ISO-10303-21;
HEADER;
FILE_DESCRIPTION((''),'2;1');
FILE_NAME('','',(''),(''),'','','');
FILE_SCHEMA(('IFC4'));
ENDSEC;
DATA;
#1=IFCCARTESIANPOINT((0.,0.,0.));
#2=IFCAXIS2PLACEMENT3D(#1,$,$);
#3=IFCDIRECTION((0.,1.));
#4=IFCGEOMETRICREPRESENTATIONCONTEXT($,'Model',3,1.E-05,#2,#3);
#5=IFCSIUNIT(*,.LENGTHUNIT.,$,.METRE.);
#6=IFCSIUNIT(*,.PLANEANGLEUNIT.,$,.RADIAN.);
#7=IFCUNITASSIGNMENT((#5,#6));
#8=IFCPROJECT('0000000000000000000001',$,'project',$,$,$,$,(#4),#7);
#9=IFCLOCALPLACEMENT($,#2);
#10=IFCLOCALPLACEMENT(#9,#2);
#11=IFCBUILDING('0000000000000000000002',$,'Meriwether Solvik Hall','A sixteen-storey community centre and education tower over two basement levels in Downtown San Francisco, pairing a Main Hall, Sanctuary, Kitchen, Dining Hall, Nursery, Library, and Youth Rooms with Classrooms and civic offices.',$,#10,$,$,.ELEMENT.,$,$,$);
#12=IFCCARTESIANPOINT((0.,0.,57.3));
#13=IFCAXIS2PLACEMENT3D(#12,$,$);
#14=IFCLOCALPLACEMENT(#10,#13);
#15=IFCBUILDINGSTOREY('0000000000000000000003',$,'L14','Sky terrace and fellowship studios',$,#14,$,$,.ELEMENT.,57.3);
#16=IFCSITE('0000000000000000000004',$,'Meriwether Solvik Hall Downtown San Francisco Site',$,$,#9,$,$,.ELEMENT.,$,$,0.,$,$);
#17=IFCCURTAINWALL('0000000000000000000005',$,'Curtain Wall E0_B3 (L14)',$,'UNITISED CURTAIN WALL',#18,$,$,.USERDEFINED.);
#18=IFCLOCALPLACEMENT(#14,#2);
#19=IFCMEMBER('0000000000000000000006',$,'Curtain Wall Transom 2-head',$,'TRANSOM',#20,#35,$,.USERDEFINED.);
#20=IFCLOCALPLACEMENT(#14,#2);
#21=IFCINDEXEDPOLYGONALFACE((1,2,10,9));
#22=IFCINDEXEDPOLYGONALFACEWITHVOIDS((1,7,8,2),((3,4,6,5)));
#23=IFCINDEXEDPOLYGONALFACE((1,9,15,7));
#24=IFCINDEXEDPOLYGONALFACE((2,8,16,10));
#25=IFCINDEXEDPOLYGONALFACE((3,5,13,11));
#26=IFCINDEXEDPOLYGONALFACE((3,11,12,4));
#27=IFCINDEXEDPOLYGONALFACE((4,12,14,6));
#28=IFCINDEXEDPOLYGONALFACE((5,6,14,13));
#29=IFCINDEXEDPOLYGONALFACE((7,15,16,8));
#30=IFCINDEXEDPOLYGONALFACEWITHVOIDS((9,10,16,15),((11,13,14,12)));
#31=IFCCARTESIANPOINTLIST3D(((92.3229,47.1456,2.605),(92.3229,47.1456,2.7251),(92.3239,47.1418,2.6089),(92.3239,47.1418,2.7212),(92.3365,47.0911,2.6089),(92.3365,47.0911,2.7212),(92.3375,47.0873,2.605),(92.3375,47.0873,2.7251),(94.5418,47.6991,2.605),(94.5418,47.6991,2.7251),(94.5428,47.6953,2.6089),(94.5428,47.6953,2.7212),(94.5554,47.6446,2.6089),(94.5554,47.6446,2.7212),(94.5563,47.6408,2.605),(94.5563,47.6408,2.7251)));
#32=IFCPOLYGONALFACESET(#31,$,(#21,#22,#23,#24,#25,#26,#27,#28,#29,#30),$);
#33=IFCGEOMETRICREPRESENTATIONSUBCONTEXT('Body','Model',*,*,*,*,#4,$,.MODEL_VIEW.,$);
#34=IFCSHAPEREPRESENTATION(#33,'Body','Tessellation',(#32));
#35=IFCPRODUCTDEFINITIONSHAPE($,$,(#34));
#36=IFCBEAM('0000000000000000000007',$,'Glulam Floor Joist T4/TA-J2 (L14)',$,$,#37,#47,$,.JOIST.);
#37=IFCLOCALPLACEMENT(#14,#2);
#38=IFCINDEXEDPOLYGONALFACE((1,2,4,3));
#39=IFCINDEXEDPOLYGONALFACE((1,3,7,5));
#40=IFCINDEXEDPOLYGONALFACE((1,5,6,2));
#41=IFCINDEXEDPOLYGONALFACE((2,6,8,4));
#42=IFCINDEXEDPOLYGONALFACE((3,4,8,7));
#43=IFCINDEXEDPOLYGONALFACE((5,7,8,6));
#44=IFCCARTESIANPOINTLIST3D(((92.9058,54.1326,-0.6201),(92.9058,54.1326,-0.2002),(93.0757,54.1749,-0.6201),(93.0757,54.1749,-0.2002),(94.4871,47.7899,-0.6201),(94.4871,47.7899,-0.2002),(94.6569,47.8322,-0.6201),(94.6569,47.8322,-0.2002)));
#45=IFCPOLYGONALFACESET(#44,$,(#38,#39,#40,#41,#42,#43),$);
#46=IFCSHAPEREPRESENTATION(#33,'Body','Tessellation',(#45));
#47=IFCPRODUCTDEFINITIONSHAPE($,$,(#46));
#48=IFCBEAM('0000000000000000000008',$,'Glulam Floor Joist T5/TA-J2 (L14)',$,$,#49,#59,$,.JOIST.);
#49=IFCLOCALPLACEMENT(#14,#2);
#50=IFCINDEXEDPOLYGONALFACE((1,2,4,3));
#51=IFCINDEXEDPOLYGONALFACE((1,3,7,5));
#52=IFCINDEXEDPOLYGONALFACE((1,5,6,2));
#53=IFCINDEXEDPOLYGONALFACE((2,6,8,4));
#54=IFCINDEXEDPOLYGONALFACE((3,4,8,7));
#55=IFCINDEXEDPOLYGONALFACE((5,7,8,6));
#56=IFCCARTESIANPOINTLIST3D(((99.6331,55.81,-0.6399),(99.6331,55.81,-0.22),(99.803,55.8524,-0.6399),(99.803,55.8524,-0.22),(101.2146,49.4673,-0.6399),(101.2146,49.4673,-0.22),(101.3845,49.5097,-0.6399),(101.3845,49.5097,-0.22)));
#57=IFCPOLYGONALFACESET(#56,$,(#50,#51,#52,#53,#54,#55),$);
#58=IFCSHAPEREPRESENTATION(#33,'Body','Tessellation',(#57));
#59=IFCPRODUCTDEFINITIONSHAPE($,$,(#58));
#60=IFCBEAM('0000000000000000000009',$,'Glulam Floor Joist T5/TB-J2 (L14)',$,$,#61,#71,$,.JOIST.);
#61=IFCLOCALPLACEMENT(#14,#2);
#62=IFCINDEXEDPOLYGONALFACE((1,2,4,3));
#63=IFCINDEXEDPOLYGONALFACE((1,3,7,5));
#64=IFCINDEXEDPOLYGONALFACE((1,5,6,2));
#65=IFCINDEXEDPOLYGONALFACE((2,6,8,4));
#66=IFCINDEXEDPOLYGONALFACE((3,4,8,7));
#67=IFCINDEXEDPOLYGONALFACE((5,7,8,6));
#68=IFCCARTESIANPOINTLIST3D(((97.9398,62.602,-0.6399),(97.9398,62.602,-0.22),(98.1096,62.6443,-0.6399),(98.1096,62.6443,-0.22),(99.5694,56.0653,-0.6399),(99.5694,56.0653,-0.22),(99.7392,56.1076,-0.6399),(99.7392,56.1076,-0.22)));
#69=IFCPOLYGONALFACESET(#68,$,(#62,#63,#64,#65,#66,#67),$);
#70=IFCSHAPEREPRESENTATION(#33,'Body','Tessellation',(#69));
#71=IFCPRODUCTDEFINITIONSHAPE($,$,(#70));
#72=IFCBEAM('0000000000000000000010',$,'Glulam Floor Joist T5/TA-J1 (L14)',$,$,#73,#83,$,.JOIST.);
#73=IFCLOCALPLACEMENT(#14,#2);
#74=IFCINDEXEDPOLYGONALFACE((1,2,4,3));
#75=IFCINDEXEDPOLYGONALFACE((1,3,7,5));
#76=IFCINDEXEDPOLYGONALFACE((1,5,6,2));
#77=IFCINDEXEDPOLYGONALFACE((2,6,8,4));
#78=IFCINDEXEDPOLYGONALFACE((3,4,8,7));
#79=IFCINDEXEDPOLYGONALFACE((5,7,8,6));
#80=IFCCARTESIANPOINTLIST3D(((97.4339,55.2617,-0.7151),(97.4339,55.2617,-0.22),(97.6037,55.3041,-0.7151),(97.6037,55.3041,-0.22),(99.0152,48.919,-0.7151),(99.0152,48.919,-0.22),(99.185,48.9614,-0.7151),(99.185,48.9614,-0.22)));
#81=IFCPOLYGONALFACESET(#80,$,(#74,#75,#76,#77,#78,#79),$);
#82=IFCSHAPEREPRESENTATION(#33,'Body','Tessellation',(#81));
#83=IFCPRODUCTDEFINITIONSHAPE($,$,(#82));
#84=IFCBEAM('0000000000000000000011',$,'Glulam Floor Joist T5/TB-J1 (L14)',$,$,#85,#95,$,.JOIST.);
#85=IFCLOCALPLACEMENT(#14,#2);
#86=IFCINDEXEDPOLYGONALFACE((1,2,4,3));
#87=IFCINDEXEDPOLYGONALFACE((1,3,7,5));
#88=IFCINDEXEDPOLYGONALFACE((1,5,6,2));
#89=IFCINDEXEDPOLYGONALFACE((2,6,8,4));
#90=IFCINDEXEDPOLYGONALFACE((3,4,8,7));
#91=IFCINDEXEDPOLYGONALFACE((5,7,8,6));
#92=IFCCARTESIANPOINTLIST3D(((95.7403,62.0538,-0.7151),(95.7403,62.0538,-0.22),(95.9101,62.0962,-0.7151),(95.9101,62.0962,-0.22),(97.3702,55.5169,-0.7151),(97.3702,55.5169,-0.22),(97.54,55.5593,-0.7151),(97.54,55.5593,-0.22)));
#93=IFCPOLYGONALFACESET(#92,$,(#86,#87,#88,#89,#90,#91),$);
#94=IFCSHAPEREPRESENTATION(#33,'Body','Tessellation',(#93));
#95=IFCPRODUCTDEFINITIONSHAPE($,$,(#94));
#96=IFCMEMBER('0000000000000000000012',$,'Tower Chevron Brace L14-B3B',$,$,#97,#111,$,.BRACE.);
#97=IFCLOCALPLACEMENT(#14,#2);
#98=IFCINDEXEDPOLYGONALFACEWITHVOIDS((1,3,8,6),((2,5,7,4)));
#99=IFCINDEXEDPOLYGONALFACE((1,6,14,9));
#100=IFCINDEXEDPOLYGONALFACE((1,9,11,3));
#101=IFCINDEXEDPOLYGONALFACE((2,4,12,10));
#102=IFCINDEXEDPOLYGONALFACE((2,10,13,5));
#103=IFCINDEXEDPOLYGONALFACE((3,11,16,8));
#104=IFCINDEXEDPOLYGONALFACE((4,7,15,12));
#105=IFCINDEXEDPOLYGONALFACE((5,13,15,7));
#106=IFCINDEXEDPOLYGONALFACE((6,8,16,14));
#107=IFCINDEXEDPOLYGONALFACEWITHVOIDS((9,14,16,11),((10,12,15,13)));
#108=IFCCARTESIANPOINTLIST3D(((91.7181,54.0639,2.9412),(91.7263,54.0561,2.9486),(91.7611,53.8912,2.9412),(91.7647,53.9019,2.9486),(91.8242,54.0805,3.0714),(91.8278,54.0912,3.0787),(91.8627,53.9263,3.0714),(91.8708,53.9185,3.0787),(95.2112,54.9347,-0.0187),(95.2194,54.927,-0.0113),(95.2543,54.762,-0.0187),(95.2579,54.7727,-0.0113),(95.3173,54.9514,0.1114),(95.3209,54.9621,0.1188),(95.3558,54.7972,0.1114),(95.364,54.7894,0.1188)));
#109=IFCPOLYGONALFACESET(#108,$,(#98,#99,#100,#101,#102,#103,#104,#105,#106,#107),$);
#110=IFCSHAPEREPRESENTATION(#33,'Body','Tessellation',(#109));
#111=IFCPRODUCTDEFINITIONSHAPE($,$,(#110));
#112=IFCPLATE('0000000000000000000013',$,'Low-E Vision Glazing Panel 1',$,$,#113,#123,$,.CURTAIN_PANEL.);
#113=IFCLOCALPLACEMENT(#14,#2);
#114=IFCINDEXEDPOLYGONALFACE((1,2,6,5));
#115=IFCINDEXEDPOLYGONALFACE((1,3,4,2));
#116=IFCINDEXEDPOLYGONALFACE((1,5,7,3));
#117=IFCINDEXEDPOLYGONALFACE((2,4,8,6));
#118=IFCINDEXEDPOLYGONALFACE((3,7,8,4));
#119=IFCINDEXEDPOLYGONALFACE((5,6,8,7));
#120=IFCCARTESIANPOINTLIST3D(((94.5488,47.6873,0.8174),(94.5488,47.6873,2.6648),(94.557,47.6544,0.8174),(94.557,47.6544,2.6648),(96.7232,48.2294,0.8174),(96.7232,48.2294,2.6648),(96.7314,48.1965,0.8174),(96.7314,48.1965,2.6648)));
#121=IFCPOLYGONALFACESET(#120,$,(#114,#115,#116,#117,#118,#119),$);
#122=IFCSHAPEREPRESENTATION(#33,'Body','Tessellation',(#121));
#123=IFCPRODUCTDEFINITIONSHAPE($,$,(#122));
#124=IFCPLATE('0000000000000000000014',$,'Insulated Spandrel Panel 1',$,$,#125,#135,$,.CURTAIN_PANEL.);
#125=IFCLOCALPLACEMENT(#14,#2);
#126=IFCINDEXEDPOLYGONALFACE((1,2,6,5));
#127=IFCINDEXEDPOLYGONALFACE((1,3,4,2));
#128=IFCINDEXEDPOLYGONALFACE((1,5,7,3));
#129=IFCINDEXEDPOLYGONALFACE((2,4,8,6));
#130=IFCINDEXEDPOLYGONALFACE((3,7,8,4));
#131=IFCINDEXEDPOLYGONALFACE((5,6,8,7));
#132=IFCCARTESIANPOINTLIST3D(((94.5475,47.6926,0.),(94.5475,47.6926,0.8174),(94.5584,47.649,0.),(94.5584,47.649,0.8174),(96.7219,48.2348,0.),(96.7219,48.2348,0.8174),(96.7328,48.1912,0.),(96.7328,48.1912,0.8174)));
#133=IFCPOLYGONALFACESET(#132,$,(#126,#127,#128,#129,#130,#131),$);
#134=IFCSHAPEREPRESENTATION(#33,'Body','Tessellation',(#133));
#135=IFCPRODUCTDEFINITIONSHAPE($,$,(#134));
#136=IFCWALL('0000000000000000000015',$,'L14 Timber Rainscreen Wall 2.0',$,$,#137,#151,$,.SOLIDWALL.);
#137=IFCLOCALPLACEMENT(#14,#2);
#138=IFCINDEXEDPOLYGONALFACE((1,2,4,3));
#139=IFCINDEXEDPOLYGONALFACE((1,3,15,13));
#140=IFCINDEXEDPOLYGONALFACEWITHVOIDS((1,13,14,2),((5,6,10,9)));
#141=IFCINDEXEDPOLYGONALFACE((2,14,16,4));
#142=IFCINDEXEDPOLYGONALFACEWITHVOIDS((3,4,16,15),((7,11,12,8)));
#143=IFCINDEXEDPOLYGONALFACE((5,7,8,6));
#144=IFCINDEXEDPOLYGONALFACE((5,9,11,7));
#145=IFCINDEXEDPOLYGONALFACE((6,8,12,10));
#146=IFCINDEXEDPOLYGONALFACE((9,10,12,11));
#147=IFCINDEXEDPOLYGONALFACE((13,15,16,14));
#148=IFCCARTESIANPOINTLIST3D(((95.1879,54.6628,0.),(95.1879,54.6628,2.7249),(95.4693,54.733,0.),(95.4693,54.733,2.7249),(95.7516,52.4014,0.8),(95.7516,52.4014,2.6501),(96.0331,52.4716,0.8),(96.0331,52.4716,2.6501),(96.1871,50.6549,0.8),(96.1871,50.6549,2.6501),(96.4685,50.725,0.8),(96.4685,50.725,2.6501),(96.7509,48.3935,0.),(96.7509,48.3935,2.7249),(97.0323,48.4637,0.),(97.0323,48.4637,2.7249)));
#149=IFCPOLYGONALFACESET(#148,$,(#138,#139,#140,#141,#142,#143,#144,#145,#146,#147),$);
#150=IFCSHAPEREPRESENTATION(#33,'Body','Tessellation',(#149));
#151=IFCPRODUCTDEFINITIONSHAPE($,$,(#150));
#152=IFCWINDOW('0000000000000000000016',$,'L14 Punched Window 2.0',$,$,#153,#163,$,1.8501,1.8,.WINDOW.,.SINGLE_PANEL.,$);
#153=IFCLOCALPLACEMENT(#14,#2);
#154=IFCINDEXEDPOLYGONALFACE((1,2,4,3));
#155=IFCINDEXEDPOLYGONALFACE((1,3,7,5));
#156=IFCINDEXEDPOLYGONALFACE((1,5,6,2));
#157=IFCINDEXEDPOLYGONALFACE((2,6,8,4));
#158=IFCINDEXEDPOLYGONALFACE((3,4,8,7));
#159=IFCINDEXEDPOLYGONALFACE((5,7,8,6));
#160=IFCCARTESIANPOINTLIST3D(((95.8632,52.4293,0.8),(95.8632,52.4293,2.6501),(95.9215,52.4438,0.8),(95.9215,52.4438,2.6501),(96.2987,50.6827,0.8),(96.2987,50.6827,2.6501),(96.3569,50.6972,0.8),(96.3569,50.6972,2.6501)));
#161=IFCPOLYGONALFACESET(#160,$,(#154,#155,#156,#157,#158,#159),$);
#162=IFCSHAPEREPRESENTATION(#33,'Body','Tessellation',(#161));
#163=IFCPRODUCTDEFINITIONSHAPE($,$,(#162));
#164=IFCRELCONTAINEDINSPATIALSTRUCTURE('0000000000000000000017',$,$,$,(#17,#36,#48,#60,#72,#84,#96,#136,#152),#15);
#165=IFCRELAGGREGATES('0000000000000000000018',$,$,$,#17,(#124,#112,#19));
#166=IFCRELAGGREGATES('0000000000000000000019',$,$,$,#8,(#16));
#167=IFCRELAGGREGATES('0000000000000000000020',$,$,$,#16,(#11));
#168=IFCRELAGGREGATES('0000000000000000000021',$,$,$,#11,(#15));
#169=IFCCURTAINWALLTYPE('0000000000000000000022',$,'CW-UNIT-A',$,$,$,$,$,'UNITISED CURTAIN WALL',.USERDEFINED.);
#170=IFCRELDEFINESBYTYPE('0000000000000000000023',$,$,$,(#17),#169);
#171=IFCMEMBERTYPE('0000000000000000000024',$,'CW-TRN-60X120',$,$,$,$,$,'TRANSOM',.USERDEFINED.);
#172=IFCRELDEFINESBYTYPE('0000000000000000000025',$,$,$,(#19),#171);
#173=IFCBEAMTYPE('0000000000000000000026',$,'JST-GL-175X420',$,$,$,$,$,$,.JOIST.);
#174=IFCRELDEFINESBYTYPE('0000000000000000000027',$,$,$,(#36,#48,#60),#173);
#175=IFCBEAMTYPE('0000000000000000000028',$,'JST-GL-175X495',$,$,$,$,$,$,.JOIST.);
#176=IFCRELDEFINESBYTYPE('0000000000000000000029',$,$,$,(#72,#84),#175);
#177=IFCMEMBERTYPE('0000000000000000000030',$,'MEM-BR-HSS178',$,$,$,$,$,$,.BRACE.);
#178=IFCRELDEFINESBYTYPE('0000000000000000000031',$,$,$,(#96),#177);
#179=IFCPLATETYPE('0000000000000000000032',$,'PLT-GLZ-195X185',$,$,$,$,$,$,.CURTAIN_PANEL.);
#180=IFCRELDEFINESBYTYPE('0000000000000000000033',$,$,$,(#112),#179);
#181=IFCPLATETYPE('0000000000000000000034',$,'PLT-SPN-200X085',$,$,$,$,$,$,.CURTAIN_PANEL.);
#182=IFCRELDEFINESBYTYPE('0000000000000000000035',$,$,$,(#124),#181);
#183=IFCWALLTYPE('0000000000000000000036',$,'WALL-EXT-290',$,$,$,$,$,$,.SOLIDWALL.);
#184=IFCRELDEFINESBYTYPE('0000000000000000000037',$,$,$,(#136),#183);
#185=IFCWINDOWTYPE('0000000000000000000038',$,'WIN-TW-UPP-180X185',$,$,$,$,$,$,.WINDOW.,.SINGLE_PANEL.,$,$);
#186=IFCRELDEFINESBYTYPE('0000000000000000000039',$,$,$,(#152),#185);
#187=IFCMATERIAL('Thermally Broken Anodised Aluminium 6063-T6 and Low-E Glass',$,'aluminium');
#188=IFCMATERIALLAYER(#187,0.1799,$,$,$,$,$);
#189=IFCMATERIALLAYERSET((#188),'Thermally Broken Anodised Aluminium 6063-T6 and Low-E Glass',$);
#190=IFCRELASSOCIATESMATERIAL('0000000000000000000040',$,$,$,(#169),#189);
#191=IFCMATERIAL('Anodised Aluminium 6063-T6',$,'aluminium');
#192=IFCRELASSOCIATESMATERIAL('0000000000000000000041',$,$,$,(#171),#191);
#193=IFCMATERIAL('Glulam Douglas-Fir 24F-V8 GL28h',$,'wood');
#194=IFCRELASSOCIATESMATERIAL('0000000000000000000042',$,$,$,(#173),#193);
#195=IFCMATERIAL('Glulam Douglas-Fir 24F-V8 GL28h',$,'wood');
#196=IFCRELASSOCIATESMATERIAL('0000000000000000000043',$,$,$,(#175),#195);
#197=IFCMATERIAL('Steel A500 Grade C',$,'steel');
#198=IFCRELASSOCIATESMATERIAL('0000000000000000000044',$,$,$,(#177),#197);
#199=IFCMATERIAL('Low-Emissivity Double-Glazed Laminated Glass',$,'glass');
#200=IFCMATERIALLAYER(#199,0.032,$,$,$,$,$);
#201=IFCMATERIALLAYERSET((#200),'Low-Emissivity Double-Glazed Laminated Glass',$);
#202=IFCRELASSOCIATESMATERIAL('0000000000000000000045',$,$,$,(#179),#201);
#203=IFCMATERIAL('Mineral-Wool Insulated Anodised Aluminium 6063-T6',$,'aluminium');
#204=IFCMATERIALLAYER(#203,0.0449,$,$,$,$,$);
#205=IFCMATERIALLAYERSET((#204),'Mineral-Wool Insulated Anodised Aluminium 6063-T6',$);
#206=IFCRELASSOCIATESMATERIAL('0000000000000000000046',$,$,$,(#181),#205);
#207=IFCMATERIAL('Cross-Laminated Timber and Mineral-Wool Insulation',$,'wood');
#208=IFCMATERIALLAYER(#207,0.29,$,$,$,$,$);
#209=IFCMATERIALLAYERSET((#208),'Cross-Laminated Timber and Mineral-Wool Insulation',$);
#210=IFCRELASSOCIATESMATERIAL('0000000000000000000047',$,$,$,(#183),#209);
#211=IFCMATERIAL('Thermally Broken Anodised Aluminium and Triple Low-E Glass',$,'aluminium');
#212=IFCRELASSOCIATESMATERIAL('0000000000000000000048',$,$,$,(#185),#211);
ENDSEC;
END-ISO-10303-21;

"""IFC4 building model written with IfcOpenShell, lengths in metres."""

from ifc_helpers import new_model, si_unit, direction, frame, frame_2d, origin, origin_2d, place, context, subcontext, project, spatial, rectangle, hollow_rectangle, extrude, material, layer, layer_set, material_profile, profile_set, type_object, element, fill, aggregate, save


model = new_model("IFC4")

# Units and contexts
model_context = context("Model", 3, precision=1e-05, world=origin(), true_north=direction((0.0, 1.0)))
body_context = subcontext(model_context, "Body", "Model", "MODEL_VIEW")
ifc_project = project(units=[si_unit("LENGTHUNIT", "METRE"), si_unit("PLANEANGLEUNIT", "RADIAN")], contexts=[model_context])

# Site, building, storey
site_placement = place(None, origin())
site = spatial("IfcSite", under=ifc_project, at=site_placement, Name="Meriwether Solvik Hall Downtown San Francisco Site", CompositionType="ELEMENT", RefElevation=0.0)
building_placement = place(site_placement, origin())
building = spatial("IfcBuilding", under=site, at=building_placement, Name="Meriwether Solvik Hall", Description="A sixteen-storey community centre and education tower over two basement levels in Downtown San Francisco, pairing a Main Hall, Sanctuary, Kitchen, Dining Hall, Nursery, Library, and Youth Rooms with Classrooms and civic offices.", CompositionType="ELEMENT")
storey_placement = place(building_placement, frame((0.0, 0.0, 57.3)))
storey = spatial("IfcBuildingStorey", under=building, at=storey_placement, Name="L14", Description="Sky terrace and fellowship studios", CompositionType="ELEMENT", Elevation=57.3)

# Curtain wall, member
ifc_material_1 = material(Name="Thermally Broken Anodised Aluminium 6063-T6 and Low-E Glass", Category="aluminium")
ifc_layer_1 = layer(ifc_material_1, 0.1799)
ifc_layer_set_1 = layer_set([ifc_layer_1], Name="Thermally Broken Anodised Aluminium 6063-T6 and Low-E Glass")
curtain_wall_type = type_object("IfcCurtainWallType", Name="CW-UNIT-A", ElementType="UNITISED CURTAIN WALL", PredefinedType="USERDEFINED", material=ifc_layer_set_1)
curtain_wall_placement = place(storey_placement, origin())
curtain_wall = element("IfcCurtainWall", 1, at=curtain_wall_placement, inside=storey, type_object=curtain_wall_type, Name="Curtain Wall E0_B3 (L14)", ObjectType="UNITISED CURTAIN WALL", PredefinedType="USERDEFINED")
ifc_material_2 = material(Name="Anodised Aluminium 6063-T6", Category="aluminium")
ifc_material_profile_1 = material_profile(ifc_material_2, hollow_rectangle(XDim=0.0601, YDim=0.1201, WallThickness=0.0039, at=origin_2d()), Name="CWT-60X120")
ifc_profile_set_1 = profile_set([ifc_material_profile_1], Name="Anodised Aluminium 6063-T6")
member_type_1 = type_object("IfcMemberType", Name="CW-TRN-60X120", ElementType="TRANSOM", PredefinedType="USERDEFINED", material=ifc_profile_set_1)
member_1_placement = place(storey_placement, frame((94.5491, 47.6699, 2.665), z_axis=(-0.970274, -0.242008, 0.0), x_axis=(0.242008, -0.970274, 0.0)))
member_1 = element("IfcMember", 2, at=member_1_placement, type_object=member_type_1, Name="Curtain Wall Transom 2-head", ObjectType="TRANSOM", PredefinedType="USERDEFINED", context=body_context, shape_type="SweptSolid", body=[
    extrude(hollow_rectangle(XDim=0.0601, YDim=0.1201, WallThickness=0.0039, at=origin_2d()), origin(), (0.0, 0.0, 1.0), 2.2869),
])

# Beams
ifc_material_3 = material(Name="Glulam Douglas-Fir 24F-V8 GL28h", Category="wood")
ifc_material_profile_2 = material_profile(ifc_material_3, rectangle(XDim=0.175, YDim=0.4199, at=origin_2d()), Name="GLJ-175X420")
ifc_profile_set_2 = profile_set([ifc_material_profile_2], Name="Glulam Douglas-Fir 24F-V8 GL28h")
beam_type_1 = type_object("IfcBeamType", Name="JST-GL-175X420", PredefinedType="JOIST", material=ifc_profile_set_2)
for number, where, z_axis, x_axis, name in (
    (3, (94.572, 47.811, -0.4102), (-0.241903, 0.9703, 0.0), (-0.9703, -0.241903, 0.0), "Glulam Floor Joist T4/TA-J2 (L14)"),
    (4, (101.2996, 49.4885, -0.4299), (-0.241938, 0.970292, 0.0), (-0.970292, -0.241938, 0.0), "Glulam Floor Joist T5/TA-J2 (L14)"),
):
    element("IfcBeam", number, at=place(storey_placement, frame(where, z_axis=z_axis, x_axis=x_axis)), inside=storey, type_object=beam_type_1, Name=name, PredefinedType="JOIST", context=body_context, shape_type="SweptSolid", body=[
        extrude(rectangle(XDim=0.175, YDim=0.4199, at=origin_2d()), origin(), (0.0, 0.0, 1.0), 6.5369),
    ])
beam_1_placement = place(storey_placement, frame((99.6543, 56.0864, -0.4299), z_axis=(-0.241896, 0.970302, 0.0), x_axis=(-0.970302, -0.241896, 0.0)))
element("IfcBeam", 5, at=beam_1_placement, inside=storey, type_object=beam_type_1, Name="Glulam Floor Joist T5/TB-J2 (L14)", PredefinedType="JOIST", context=body_context, shape_type="SweptSolid", body=[
    extrude(rectangle(XDim=0.175, YDim=0.4199, at=origin_2d()), origin(), (0.0, 0.0, 1.0), 6.7368),
])
ifc_material_4 = material(Name="Glulam Douglas-Fir 24F-V8 GL28h", Category="wood")
ifc_material_profile_3 = material_profile(ifc_material_4, rectangle(XDim=0.175, YDim=0.4951, at=origin_2d()), Name="GLJ-175X495")
ifc_profile_set_3 = profile_set([ifc_material_profile_3], Name="Glulam Douglas-Fir 24F-V8 GL28h")
beam_type_2 = type_object("IfcBeamType", Name="JST-GL-175X495", PredefinedType="JOIST", material=ifc_profile_set_3)
beam_2_placement = place(storey_placement, frame((99.1001, 48.9402, -0.4675), z_axis=(-0.241903, 0.9703, 0.0), x_axis=(-0.9703, -0.241903, 0.0)))
element("IfcBeam", 6, at=beam_2_placement, inside=storey, type_object=beam_type_2, Name="Glulam Floor Joist T5/TA-J1 (L14)", PredefinedType="JOIST", context=body_context, shape_type="SweptSolid", body=[
    extrude(rectangle(XDim=0.175, YDim=0.4951, at=origin_2d()), origin(), (0.0, 0.0, 1.0), 6.5369),
])
beam_3_placement = place(storey_placement, frame((97.4551, 55.5381, -0.4675), z_axis=(-0.24193, 0.970294, 0.0), x_axis=(-0.970294, -0.24193, 0.0)))
element("IfcBeam", 7, at=beam_3_placement, inside=storey, type_object=beam_type_2, Name="Glulam Floor Joist T5/TB-J1 (L14)", PredefinedType="JOIST", context=body_context, shape_type="SweptSolid", body=[
    extrude(rectangle(XDim=0.175, YDim=0.4951, at=origin_2d()), origin(), (0.0, 0.0, 1.0), 6.7371),
])

# Member
ifc_material_5 = material(Name="Steel A500 Grade C", Category="steel")
ifc_material_profile_4 = material_profile(ifc_material_5, hollow_rectangle(XDim=0.178, YDim=0.178, WallThickness=0.0095, at=origin_2d()), Name="HSS178X178X9.5")
ifc_profile_set_4 = profile_set([ifc_material_profile_4], Name="Steel A500 Grade C")
member_type_2 = type_object("IfcMemberType", Name="MEM-BR-HSS178", PredefinedType="BRACE", material=ifc_profile_set_4)
member_2_placement = place(storey_placement, frame((95.2876, 54.8621, 0.05), z_axis=(-0.749497, -0.18685, 0.635092), x_axis=(0.241897, -0.970302, 0.0)))
element("IfcMember", 8, at=member_2_placement, inside=storey, type_object=member_type_2, Name="Tower Chevron Brace L14-B3B", PredefinedType="BRACE", context=body_context, shape_type="SweptSolid", body=[
    extrude(hollow_rectangle(XDim=0.178, YDim=0.178, WallThickness=0.0095, at=origin_2d()), origin(), (0.0, 0.0, 1.0), 4.6606),
])

# Plates
ifc_material_6 = material(Name="Low-Emissivity Double-Glazed Laminated Glass", Category="glass")
ifc_layer_2 = layer(ifc_material_6, 0.032)
ifc_layer_set_2 = layer_set([ifc_layer_2], Name="Low-Emissivity Double-Glazed Laminated Glass")
plate_type_1 = type_object("IfcPlateType", Name="PLT-GLZ-195X185", PredefinedType="CURTAIN_PANEL", material=ifc_layer_set_2)
plate_1_placement = place(storey_placement, frame((95.6401, 47.9419, 0.8174), z_axis=(0.0, 0.0, 1.0), x_axis=(-0.970296, -0.241922, 0.0)))
plate_1 = element("IfcPlate", 9, at=plate_1_placement, type_object=plate_type_1, Name="Low-E Vision Glazing Panel 1", PredefinedType="CURTAIN_PANEL", context=body_context, shape_type="SweptSolid", body=[
    extrude(rectangle(XDim=2.241, YDim=0.0339, at=origin_2d()), origin(), (0.0, 0.0, 1.0), 1.8474),
])
ifc_material_7 = material(Name="Mineral-Wool Insulated Anodised Aluminium 6063-T6", Category="aluminium")
ifc_layer_3 = layer(ifc_material_7, 0.0449)
ifc_layer_set_3 = layer_set([ifc_layer_3], Name="Mineral-Wool Insulated Anodised Aluminium 6063-T6")
plate_type_2 = type_object("IfcPlateType", Name="PLT-SPN-200X085", PredefinedType="CURTAIN_PANEL", material=ifc_layer_set_3)
plate_2_placement = place(storey_placement, frame((95.6401, 47.9419, 0.0), z_axis=(0.0, 0.0, 1.0), x_axis=(-0.970296, -0.241922, 0.0)))
plate_2 = element("IfcPlate", 10, at=plate_2_placement, type_object=plate_type_2, Name="Insulated Spandrel Panel 1", PredefinedType="CURTAIN_PANEL", context=body_context, shape_type="SweptSolid", body=[
    extrude(rectangle(XDim=2.241, YDim=0.0449, at=origin_2d()), origin(), (0.0, 0.0, 1.0), 0.8174),
])
aggregate(curtain_wall, [plate_2, plate_1, member_1])

# Wall, opening, window
ifc_material_8 = material(Name="Cross-Laminated Timber and Mineral-Wool Insulation", Category="wood")
ifc_layer_4 = layer(ifc_material_8, 0.29)
ifc_layer_set_4 = layer_set([ifc_layer_4], Name="Cross-Laminated Timber and Mineral-Wool Insulation")
wall_type_1 = type_object("IfcWallType", Name="WALL-EXT-290", PredefinedType="SOLIDWALL", material=ifc_layer_set_4)
wall_1_placement = place(storey_placement, frame((95.3286, 54.6978, 0.0), z_axis=(0.0, 0.0, 1.0), x_axis=(0.241904, -0.9703, 0.0)))
wall_1 = element("IfcWall", 11, at=wall_1_placement, inside=storey, type_object=wall_type_1, Name="L14 Timber Rainscreen Wall 2.0", PredefinedType="SOLIDWALL", context=body_context, shape_type="SweptSolid", body=[
    extrude(rectangle(XDim=6.4612, YDim=0.29, at=frame_2d((3.2305, 0.0))), origin(), (0.0, 0.0, 1.0), 2.7249),
])
opening_1_placement = place(wall_1_placement, frame((2.3306, 0.0, 0.8)))
opening_1 = element("IfcOpeningElement", 12, at=opening_1_placement, cuts=wall_1, PredefinedType="OPENING", context=body_context, shape_type="SweptSolid", body=[
    extrude(rectangle(XDim=1.8, YDim=1.8501, at=frame_2d((0.8999, 0.925))), frame((0.0, 0.157, 0.0), z_axis=(0.0, -1.0, 0.0), x_axis=(1.0, 0.0, 0.0)), (0.0, 0.0, 1.0), 0.314),
])
ifc_material_9 = material(Name="Thermally Broken Anodised Aluminium and Triple Low-E Glass", Category="aluminium")
window_type = type_object("IfcWindowType", Name="WIN-TW-UPP-180X185", PartitioningType="SINGLE_PANEL", PredefinedType="WINDOW", material=ifc_material_9)
window_placement = place(opening_1_placement, origin())
window = element("IfcWindow", 13, at=window_placement, inside=storey, type_object=window_type, Name="L14 Punched Window 2.0", OverallHeight=1.8501, OverallWidth=1.8, PartitioningType="SINGLE_PANEL", PredefinedType="WINDOW", context=body_context, shape_type="SweptSolid", body=[
    extrude(rectangle(XDim=1.8, YDim=1.8501, at=frame_2d((0.8999, 0.925))), frame((0.0, 0.03, 0.0), z_axis=(0.0, -1.0, 0.0), x_axis=(1.0, 0.0, 0.0)), (0.0, 0.0, 1.0), 0.0601),
])
fill(opening_1, window)

save(model, "model.ifc")
